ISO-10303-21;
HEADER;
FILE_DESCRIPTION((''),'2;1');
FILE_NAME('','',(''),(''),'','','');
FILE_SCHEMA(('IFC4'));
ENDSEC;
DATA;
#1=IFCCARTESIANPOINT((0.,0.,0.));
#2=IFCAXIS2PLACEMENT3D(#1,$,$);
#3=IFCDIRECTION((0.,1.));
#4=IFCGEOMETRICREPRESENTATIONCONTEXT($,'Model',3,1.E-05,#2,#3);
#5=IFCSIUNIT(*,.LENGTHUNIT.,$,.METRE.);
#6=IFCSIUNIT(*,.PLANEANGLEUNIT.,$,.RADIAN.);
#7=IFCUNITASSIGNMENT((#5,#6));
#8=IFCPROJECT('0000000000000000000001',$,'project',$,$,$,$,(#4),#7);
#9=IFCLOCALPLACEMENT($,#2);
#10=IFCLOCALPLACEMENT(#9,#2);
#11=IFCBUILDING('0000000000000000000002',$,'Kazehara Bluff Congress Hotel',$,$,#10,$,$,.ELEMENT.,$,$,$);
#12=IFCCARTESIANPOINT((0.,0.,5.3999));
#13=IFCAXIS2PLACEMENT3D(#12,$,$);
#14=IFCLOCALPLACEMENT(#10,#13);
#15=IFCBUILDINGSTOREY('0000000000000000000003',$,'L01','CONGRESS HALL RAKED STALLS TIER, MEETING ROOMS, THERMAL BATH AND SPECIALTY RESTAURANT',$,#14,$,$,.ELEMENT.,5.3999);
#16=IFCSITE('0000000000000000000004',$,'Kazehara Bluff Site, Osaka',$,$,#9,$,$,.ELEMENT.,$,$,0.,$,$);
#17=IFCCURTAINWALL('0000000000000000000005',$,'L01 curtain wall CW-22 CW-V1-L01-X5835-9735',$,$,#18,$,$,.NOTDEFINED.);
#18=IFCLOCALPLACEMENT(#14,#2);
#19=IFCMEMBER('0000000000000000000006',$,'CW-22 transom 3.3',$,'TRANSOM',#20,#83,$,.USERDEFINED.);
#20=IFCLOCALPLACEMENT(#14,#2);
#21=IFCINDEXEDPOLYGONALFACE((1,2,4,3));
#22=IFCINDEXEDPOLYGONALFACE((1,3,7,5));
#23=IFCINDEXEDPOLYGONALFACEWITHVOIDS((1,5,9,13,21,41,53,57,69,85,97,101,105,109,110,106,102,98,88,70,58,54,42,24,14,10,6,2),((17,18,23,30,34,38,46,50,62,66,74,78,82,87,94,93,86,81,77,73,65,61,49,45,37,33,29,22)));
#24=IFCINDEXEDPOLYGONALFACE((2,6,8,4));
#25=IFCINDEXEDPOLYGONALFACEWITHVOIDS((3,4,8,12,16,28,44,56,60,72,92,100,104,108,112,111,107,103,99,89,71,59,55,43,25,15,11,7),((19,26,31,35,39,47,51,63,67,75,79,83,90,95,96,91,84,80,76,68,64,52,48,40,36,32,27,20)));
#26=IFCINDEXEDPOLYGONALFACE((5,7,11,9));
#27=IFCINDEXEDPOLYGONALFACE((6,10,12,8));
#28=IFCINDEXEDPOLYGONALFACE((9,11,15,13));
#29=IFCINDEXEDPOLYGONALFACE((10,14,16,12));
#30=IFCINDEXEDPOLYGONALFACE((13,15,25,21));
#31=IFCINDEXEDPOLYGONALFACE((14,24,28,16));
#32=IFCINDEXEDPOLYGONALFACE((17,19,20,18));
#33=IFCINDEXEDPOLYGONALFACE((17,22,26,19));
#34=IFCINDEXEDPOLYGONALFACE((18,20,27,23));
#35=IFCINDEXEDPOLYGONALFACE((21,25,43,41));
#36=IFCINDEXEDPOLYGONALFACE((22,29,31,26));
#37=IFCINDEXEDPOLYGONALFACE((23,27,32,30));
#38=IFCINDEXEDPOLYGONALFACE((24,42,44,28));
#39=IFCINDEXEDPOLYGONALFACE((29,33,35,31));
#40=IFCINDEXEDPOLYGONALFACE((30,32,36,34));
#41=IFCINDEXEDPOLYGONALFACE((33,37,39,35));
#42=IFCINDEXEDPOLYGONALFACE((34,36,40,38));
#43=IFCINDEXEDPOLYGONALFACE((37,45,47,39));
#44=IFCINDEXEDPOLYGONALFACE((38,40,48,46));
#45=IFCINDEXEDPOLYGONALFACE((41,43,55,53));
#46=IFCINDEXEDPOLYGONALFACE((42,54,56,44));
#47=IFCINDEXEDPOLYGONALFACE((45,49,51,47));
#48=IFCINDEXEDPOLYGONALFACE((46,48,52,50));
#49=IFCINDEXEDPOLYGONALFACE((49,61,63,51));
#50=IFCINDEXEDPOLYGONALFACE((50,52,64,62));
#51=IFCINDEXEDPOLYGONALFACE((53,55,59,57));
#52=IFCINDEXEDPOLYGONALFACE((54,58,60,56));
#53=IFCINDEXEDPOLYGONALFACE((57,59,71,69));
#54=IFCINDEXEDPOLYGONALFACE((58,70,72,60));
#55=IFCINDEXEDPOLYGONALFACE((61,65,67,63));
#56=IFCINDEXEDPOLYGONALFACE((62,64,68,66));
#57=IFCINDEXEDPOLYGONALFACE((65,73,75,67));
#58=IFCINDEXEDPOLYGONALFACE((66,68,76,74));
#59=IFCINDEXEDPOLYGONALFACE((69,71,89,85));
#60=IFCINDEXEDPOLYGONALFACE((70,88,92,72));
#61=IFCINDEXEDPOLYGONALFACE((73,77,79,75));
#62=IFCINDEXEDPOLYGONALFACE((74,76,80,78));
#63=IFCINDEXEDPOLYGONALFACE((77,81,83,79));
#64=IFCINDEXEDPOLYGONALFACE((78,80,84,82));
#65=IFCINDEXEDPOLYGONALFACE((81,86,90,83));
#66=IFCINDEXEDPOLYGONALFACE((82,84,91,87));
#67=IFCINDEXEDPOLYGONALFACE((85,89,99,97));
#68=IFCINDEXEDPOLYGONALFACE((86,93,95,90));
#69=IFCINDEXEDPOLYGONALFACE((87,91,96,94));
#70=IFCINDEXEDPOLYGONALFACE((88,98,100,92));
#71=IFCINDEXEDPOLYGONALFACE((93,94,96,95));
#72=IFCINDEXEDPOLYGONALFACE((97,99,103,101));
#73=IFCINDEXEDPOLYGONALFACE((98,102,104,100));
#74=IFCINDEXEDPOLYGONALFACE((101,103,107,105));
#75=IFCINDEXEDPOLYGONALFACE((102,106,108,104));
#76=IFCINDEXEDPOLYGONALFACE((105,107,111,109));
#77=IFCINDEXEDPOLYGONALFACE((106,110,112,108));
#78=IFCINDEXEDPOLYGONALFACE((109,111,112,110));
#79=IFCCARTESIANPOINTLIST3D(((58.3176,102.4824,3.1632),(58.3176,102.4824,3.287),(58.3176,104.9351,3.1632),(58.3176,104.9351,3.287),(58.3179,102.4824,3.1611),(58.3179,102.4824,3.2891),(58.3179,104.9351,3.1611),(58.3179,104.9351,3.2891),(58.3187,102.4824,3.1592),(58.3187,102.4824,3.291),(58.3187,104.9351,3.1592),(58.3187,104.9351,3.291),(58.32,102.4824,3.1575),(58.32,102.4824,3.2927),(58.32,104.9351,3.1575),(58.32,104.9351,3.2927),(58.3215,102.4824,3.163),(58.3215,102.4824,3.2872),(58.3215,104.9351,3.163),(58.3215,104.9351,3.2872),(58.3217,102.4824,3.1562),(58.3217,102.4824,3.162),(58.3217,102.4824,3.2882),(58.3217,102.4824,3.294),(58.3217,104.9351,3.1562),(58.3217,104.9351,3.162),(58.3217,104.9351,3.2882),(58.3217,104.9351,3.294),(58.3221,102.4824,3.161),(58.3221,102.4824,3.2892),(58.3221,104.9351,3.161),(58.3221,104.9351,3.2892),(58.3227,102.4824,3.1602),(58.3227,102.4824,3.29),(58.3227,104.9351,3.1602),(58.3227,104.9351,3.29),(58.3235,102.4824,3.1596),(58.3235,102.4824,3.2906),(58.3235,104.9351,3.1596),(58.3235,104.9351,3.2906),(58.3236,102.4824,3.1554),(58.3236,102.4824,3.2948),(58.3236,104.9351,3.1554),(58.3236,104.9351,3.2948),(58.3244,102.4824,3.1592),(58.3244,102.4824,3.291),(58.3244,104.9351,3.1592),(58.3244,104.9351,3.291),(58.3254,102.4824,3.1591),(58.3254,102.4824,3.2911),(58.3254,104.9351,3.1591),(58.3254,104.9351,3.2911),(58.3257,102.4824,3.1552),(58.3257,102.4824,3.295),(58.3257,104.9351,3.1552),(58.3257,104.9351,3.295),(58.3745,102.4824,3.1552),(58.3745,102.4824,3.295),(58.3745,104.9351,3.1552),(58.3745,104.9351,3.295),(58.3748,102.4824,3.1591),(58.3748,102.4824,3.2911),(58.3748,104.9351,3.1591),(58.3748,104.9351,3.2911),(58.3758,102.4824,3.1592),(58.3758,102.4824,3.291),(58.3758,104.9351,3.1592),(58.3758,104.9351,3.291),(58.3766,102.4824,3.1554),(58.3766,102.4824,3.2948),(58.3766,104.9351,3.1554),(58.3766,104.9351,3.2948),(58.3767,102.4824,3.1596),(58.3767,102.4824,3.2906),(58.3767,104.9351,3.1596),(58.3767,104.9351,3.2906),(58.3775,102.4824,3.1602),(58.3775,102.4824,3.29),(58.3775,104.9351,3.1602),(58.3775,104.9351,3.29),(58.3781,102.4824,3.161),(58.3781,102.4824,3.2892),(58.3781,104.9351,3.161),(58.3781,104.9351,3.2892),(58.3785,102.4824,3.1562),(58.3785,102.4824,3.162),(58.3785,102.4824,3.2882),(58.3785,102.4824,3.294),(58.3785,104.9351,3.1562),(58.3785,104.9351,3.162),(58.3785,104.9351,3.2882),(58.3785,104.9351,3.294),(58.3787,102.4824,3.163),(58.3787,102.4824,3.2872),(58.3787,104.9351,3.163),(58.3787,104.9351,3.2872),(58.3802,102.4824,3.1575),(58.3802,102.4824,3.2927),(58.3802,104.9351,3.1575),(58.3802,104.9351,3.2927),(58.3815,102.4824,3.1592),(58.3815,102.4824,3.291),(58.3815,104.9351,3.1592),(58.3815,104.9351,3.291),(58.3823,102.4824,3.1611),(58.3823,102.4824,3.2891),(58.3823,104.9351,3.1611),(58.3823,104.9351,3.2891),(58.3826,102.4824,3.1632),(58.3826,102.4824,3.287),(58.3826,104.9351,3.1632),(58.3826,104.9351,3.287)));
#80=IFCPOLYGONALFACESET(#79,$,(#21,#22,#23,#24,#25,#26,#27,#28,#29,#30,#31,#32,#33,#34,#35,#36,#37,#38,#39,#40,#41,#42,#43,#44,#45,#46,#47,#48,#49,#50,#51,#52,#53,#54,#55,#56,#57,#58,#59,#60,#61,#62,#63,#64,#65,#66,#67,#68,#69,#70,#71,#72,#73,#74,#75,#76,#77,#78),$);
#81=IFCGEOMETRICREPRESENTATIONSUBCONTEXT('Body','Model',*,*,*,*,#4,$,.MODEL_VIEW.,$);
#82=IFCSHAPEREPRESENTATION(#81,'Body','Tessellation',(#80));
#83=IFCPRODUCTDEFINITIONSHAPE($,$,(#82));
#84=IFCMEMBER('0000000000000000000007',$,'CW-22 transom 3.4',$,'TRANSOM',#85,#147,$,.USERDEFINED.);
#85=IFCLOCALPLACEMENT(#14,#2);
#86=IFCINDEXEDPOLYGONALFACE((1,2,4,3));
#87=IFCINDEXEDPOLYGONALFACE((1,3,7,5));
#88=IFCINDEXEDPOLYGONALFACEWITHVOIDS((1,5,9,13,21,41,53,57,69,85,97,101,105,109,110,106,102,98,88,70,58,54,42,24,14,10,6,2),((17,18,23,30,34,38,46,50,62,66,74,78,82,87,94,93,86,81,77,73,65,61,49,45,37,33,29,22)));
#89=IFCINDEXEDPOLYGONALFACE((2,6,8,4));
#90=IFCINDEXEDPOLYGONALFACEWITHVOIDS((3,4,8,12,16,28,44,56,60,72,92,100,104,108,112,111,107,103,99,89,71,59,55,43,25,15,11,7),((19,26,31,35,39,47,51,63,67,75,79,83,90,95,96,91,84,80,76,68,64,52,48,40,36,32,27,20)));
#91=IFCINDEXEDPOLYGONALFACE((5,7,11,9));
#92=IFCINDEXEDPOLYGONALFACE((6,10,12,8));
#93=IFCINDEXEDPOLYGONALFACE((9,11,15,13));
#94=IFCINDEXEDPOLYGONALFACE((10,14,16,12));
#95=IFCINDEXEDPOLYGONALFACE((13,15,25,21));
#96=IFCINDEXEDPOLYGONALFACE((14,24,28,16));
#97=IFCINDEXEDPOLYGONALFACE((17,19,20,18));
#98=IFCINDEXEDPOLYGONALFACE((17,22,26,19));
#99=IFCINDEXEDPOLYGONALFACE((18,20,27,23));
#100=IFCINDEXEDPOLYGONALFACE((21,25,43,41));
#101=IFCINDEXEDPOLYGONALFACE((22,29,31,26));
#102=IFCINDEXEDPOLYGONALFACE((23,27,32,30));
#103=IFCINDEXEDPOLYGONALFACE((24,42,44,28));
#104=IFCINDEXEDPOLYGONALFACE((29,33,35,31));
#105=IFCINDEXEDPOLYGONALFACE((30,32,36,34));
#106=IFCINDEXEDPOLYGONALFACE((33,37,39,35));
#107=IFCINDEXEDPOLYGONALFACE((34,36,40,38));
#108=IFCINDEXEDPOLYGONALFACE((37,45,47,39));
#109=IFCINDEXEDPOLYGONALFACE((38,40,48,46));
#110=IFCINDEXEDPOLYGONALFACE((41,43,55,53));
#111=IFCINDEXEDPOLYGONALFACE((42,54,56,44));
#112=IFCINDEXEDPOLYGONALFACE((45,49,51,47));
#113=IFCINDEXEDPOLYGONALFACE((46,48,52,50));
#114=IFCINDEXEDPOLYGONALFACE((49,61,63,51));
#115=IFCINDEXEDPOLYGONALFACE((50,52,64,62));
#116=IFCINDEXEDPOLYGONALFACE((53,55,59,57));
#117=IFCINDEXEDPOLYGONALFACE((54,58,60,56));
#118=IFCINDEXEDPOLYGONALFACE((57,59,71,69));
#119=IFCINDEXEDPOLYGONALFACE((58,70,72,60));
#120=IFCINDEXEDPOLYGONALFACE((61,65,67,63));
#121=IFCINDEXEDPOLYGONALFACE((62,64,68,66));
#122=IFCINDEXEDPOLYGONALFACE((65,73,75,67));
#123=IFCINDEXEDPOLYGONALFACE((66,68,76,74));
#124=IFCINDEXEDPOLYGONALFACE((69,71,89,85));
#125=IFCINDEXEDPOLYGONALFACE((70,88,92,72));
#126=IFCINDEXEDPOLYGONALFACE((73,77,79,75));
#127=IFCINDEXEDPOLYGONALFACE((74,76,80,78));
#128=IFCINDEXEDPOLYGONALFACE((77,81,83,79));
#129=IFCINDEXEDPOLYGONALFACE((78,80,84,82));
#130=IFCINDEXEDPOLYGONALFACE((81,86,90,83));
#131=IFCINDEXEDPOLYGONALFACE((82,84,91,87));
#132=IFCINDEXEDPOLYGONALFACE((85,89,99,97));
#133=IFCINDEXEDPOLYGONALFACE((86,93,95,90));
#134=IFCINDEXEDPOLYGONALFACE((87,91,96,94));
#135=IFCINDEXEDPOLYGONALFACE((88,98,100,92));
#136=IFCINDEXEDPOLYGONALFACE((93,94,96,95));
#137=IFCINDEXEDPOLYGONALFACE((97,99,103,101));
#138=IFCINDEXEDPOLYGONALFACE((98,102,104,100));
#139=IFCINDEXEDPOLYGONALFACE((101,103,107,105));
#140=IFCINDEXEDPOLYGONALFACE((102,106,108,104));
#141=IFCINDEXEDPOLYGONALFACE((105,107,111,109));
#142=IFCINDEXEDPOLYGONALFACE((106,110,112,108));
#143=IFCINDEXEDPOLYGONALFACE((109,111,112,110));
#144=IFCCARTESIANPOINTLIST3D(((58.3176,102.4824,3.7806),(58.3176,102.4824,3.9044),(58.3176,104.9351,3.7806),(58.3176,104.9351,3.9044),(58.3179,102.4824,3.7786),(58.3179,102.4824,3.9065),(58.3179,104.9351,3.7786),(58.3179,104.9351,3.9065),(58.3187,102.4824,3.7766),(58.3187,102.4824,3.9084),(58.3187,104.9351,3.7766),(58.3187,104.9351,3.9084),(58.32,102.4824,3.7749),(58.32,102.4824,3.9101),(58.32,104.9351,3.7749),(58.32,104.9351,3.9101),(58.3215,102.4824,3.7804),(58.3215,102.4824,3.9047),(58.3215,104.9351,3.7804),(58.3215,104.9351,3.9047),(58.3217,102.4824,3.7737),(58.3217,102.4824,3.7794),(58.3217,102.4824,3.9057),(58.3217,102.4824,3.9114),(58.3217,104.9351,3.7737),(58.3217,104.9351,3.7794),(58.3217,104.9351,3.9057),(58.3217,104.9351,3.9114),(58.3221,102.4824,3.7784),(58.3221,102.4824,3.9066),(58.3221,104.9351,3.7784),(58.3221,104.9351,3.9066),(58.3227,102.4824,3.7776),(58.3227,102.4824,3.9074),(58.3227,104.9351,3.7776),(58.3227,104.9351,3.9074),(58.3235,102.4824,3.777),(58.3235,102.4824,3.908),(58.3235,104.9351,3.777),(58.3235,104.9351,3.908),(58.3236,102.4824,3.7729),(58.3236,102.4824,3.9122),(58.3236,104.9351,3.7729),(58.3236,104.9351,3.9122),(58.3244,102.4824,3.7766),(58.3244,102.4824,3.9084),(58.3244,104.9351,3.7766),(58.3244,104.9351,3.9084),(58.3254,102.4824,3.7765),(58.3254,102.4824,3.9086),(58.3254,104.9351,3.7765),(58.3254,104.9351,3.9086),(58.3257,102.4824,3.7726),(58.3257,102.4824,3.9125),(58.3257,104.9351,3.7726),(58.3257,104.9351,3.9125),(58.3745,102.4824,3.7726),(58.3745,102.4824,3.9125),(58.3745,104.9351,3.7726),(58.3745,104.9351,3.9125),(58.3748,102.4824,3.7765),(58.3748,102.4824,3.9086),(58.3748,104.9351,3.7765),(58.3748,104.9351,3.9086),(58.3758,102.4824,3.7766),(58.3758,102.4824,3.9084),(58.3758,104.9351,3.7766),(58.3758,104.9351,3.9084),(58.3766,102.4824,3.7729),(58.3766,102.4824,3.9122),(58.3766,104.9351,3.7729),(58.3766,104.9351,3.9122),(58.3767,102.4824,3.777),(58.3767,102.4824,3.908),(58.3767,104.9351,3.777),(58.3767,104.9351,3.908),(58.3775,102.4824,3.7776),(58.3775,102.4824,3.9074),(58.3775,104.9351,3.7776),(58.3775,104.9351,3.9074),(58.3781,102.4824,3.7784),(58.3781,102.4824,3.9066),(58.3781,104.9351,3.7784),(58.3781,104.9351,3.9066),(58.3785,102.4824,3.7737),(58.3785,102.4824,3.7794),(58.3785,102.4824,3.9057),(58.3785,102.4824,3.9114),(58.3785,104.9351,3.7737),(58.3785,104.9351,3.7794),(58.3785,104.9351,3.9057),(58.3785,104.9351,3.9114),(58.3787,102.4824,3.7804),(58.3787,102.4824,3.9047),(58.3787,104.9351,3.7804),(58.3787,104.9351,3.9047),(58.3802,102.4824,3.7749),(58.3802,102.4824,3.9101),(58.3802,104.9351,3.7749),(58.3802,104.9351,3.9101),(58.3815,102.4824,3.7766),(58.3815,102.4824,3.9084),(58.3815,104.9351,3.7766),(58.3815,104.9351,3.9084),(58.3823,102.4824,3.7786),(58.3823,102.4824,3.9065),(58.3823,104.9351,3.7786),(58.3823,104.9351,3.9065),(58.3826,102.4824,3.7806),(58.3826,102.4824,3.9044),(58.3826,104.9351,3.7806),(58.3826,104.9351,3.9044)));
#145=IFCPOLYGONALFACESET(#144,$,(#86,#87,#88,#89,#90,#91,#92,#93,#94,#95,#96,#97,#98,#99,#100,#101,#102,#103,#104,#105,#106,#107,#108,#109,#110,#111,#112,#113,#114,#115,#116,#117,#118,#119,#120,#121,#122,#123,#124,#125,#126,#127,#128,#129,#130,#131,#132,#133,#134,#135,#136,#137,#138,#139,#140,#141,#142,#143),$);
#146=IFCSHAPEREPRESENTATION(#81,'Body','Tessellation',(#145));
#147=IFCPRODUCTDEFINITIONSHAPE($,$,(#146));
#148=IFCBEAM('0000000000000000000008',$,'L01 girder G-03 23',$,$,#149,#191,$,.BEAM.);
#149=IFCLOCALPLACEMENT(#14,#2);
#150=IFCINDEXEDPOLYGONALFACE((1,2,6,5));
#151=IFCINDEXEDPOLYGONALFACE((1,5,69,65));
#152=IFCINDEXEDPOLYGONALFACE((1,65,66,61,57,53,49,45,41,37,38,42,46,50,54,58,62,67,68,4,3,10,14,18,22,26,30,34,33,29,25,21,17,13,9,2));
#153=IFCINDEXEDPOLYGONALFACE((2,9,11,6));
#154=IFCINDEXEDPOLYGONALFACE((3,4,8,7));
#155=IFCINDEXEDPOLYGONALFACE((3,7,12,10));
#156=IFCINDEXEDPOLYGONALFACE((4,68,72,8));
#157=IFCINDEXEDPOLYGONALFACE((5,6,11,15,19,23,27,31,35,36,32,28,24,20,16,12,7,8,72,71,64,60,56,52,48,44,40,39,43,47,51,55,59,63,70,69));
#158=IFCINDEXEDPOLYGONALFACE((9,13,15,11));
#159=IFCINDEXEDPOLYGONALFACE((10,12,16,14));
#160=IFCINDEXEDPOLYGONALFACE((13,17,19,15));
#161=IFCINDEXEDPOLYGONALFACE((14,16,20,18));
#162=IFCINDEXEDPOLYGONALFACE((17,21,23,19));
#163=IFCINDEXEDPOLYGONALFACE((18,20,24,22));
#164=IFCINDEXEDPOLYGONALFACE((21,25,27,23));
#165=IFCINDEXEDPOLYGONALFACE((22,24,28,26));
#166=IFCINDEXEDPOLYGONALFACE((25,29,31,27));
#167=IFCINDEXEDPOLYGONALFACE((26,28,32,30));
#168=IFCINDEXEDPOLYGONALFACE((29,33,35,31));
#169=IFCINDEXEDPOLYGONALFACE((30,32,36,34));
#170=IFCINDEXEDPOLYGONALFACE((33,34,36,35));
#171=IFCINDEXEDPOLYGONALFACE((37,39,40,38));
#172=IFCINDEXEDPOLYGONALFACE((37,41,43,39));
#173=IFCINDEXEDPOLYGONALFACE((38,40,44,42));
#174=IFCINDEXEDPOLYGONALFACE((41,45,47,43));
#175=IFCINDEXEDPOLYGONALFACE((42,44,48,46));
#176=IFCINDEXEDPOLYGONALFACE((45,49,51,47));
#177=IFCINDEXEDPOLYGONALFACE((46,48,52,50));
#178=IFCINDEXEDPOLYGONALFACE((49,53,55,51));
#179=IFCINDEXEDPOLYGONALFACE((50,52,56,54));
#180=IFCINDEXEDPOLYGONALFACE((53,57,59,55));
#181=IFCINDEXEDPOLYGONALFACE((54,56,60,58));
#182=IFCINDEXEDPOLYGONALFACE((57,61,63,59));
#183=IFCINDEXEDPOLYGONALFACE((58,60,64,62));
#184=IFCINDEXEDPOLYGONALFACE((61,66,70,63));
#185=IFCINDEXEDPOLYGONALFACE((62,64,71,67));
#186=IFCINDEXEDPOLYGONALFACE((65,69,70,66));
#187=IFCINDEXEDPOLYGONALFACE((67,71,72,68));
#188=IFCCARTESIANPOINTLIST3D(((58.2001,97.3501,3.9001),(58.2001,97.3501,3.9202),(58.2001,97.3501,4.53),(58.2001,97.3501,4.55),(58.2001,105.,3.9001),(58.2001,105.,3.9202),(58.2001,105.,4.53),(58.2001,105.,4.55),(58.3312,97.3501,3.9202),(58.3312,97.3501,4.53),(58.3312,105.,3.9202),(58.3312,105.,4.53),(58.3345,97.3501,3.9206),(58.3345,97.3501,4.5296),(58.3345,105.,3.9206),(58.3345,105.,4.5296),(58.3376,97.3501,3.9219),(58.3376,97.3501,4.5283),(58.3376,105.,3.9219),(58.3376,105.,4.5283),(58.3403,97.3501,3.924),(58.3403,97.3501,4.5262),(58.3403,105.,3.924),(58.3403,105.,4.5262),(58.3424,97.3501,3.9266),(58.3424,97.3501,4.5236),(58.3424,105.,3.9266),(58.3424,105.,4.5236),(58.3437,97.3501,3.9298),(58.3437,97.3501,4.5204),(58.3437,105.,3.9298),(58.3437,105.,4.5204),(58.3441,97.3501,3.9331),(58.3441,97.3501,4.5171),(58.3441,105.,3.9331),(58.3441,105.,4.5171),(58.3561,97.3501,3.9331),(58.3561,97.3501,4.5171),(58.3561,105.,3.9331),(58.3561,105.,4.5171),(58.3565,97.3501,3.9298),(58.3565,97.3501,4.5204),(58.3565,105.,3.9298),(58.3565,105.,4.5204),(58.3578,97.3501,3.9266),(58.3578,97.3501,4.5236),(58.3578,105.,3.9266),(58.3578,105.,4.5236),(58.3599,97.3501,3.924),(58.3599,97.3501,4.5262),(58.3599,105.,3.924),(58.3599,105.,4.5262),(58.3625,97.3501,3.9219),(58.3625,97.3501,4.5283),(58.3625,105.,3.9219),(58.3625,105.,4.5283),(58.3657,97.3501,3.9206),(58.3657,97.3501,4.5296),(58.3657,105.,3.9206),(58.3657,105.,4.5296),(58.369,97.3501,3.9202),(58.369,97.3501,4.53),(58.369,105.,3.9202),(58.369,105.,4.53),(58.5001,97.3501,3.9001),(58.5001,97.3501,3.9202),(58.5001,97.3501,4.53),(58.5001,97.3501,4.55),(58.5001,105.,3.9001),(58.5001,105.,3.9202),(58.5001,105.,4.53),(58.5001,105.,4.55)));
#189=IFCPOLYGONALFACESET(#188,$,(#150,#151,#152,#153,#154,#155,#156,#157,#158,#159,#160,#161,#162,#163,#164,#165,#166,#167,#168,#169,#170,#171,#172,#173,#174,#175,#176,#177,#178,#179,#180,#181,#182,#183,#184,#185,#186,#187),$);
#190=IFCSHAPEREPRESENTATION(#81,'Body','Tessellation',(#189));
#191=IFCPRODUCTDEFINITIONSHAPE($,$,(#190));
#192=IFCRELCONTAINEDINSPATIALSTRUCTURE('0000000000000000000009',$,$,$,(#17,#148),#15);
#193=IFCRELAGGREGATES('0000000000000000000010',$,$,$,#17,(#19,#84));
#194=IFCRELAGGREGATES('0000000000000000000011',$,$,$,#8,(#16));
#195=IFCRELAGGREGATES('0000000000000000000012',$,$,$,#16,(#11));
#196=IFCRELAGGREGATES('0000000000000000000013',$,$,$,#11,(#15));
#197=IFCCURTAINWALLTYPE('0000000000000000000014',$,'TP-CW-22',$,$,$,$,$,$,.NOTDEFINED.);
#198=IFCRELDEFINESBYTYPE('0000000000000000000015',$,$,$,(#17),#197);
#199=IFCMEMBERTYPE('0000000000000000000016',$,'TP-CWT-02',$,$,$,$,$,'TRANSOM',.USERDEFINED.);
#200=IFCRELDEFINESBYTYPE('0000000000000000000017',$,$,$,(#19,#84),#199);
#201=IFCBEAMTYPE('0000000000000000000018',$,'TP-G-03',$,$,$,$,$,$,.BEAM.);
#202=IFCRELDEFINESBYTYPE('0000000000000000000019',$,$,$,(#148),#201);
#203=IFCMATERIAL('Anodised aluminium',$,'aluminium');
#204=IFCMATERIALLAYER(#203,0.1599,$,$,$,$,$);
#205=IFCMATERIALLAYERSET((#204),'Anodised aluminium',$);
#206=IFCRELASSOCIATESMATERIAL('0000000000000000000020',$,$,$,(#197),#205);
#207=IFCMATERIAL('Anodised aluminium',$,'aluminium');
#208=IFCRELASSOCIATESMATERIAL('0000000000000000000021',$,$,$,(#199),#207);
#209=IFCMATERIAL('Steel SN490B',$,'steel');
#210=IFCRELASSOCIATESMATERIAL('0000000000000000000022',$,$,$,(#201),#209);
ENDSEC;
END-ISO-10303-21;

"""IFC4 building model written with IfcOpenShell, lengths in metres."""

from ifc_helpers import new_model, si_unit, direction, frame, origin, origin_2d, place, context, subcontext, project, spatial, hollow_rectangle, i_section, extrude, material, layer, layer_set, material_profile, profile_set, type_object, element, aggregate, save


model = new_model("IFC4")

# Units and contexts
model_context = context("Model", 3, precision=1e-05, world=origin(), true_north=direction((0.0, 1.0)))
body_context = subcontext(model_context, "Body", "Model", "MODEL_VIEW")
ifc_project = project(units=[si_unit("LENGTHUNIT", "METRE"), si_unit("PLANEANGLEUNIT", "RADIAN")], contexts=[model_context])

# Site, building, storey
site_placement = place(None, origin())
site = spatial("IfcSite", under=ifc_project, at=site_placement, Name="Kazehara Bluff Site, Osaka", CompositionType="ELEMENT", RefElevation=0.0)
building_placement = place(site_placement, origin())
building = spatial("IfcBuilding", under=site, at=building_placement, Name="Kazehara Bluff Congress Hotel", CompositionType="ELEMENT")
storey_placement = place(building_placement, frame((0.0, 0.0, 5.3999)))
storey = spatial("IfcBuildingStorey", under=building, at=storey_placement, Name="L01", Description="CONGRESS HALL RAKED STALLS TIER, MEETING ROOMS, THERMAL BATH AND SPECIALTY RESTAURANT", CompositionType="ELEMENT", Elevation=5.3999)

# Curtain wall, members
ifc_material_1 = material(Name="Anodised aluminium", Category="aluminium")
ifc_layer_1 = layer(ifc_material_1, 0.1599)
ifc_layer_set_1 = layer_set([ifc_layer_1], Name="Anodised aluminium")
curtain_wall_type = type_object("IfcCurtainWallType", Name="TP-CW-22", PredefinedType="NOTDEFINED", material=ifc_layer_set_1)
curtain_wall_placement = place(storey_placement, origin())
curtain_wall = element("IfcCurtainWall", 1, at=curtain_wall_placement, inside=storey, type_object=curtain_wall_type, Name="L01 curtain wall CW-22 CW-V1-L01-X5835-9735", PredefinedType="NOTDEFINED")
ifc_material_2 = material(Name="Anodised aluminium", Category="aluminium")
ifc_material_profile_1 = material_profile(ifc_material_2, hollow_rectangle(XDim=0.0649, YDim=0.1399, WallThickness=0.0039, InnerFilletRadius=0.0039, OuterFilletRadius=0.0081, at=origin_2d()))
ifc_profile_set_1 = profile_set([ifc_material_profile_1], Name="Anodised aluminium")
member_type_1 = type_object("IfcMemberType", Name="TP-CWT-02", ElementType="TRANSOM", PredefinedType="USERDEFINED", material=ifc_profile_set_1)
member_1_placement = place(storey_placement, frame((58.3501, 102.4824, 3.2251), z_axis=(0.0, 1.0, 0.0), x_axis=(-1.0, 0.0, 0.0)))
member_1 = element("IfcMember", 2, at=member_1_placement, type_object=member_type_1, Name="CW-22 transom 3.3", ObjectType="TRANSOM", PredefinedType="USERDEFINED", context=body_context, shape_type="SweptSolid", body=[
    extrude(hollow_rectangle(XDim=0.0649, YDim=0.1399, WallThickness=0.0039, InnerFilletRadius=0.0039, OuterFilletRadius=0.0081, at=origin_2d()), origin(), (0.0, 0.0, 1.0), 2.4526),
])
member_2_placement = place(storey_placement, frame((58.3501, 102.4824, 3.8425), z_axis=(0.0, 1.0, 0.0), x_axis=(-1.0, 0.0, 0.0)))
member_2 = element("IfcMember", 3, at=member_2_placement, type_object=member_type_1, Name="CW-22 transom 3.4", ObjectType="TRANSOM", PredefinedType="USERDEFINED", context=body_context, shape_type="SweptSolid", body=[
    extrude(hollow_rectangle(XDim=0.0649, YDim=0.1399, WallThickness=0.0039, InnerFilletRadius=0.0039, OuterFilletRadius=0.0081, at=origin_2d()), origin(), (0.0, 0.0, 1.0), 2.4526),
])

# Beam
ifc_material_3 = material(Name="Steel SN490B", Category="steel")
ifc_material_profile_2 = material_profile(ifc_material_3, i_section(OverallWidth=0.3, OverallDepth=0.6499, WebThickness=0.012, FlangeThickness=0.02, FilletRadius=0.0129, at=origin_2d()))
ifc_profile_set_2 = profile_set([ifc_material_profile_2], Name="Steel SN490B")
beam_type_1 = type_object("IfcBeamType", Name="TP-G-03", PredefinedType="BEAM", material=ifc_profile_set_2)
beam_1_placement = place(storey_placement, frame((58.3501, 97.3501, 4.2251), z_axis=(0.0, 1.0, 0.0), x_axis=(-1.0, 0.0, 0.0)))
element("IfcBeam", 4, at=beam_1_placement, inside=storey, type_object=beam_type_1, Name="L01 girder G-03 23", PredefinedType="BEAM", context=body_context, shape_type="SweptSolid", body=[
    extrude(i_section(OverallWidth=0.3, OverallDepth=0.6499, WebThickness=0.012, FlangeThickness=0.02, FilletRadius=0.0129, at=origin_2d()), origin(), (0.0, 0.0, 1.0), 7.6499),
])

aggregate(curtain_wall, [member_1, member_2])

save(model, "model.ifc")
